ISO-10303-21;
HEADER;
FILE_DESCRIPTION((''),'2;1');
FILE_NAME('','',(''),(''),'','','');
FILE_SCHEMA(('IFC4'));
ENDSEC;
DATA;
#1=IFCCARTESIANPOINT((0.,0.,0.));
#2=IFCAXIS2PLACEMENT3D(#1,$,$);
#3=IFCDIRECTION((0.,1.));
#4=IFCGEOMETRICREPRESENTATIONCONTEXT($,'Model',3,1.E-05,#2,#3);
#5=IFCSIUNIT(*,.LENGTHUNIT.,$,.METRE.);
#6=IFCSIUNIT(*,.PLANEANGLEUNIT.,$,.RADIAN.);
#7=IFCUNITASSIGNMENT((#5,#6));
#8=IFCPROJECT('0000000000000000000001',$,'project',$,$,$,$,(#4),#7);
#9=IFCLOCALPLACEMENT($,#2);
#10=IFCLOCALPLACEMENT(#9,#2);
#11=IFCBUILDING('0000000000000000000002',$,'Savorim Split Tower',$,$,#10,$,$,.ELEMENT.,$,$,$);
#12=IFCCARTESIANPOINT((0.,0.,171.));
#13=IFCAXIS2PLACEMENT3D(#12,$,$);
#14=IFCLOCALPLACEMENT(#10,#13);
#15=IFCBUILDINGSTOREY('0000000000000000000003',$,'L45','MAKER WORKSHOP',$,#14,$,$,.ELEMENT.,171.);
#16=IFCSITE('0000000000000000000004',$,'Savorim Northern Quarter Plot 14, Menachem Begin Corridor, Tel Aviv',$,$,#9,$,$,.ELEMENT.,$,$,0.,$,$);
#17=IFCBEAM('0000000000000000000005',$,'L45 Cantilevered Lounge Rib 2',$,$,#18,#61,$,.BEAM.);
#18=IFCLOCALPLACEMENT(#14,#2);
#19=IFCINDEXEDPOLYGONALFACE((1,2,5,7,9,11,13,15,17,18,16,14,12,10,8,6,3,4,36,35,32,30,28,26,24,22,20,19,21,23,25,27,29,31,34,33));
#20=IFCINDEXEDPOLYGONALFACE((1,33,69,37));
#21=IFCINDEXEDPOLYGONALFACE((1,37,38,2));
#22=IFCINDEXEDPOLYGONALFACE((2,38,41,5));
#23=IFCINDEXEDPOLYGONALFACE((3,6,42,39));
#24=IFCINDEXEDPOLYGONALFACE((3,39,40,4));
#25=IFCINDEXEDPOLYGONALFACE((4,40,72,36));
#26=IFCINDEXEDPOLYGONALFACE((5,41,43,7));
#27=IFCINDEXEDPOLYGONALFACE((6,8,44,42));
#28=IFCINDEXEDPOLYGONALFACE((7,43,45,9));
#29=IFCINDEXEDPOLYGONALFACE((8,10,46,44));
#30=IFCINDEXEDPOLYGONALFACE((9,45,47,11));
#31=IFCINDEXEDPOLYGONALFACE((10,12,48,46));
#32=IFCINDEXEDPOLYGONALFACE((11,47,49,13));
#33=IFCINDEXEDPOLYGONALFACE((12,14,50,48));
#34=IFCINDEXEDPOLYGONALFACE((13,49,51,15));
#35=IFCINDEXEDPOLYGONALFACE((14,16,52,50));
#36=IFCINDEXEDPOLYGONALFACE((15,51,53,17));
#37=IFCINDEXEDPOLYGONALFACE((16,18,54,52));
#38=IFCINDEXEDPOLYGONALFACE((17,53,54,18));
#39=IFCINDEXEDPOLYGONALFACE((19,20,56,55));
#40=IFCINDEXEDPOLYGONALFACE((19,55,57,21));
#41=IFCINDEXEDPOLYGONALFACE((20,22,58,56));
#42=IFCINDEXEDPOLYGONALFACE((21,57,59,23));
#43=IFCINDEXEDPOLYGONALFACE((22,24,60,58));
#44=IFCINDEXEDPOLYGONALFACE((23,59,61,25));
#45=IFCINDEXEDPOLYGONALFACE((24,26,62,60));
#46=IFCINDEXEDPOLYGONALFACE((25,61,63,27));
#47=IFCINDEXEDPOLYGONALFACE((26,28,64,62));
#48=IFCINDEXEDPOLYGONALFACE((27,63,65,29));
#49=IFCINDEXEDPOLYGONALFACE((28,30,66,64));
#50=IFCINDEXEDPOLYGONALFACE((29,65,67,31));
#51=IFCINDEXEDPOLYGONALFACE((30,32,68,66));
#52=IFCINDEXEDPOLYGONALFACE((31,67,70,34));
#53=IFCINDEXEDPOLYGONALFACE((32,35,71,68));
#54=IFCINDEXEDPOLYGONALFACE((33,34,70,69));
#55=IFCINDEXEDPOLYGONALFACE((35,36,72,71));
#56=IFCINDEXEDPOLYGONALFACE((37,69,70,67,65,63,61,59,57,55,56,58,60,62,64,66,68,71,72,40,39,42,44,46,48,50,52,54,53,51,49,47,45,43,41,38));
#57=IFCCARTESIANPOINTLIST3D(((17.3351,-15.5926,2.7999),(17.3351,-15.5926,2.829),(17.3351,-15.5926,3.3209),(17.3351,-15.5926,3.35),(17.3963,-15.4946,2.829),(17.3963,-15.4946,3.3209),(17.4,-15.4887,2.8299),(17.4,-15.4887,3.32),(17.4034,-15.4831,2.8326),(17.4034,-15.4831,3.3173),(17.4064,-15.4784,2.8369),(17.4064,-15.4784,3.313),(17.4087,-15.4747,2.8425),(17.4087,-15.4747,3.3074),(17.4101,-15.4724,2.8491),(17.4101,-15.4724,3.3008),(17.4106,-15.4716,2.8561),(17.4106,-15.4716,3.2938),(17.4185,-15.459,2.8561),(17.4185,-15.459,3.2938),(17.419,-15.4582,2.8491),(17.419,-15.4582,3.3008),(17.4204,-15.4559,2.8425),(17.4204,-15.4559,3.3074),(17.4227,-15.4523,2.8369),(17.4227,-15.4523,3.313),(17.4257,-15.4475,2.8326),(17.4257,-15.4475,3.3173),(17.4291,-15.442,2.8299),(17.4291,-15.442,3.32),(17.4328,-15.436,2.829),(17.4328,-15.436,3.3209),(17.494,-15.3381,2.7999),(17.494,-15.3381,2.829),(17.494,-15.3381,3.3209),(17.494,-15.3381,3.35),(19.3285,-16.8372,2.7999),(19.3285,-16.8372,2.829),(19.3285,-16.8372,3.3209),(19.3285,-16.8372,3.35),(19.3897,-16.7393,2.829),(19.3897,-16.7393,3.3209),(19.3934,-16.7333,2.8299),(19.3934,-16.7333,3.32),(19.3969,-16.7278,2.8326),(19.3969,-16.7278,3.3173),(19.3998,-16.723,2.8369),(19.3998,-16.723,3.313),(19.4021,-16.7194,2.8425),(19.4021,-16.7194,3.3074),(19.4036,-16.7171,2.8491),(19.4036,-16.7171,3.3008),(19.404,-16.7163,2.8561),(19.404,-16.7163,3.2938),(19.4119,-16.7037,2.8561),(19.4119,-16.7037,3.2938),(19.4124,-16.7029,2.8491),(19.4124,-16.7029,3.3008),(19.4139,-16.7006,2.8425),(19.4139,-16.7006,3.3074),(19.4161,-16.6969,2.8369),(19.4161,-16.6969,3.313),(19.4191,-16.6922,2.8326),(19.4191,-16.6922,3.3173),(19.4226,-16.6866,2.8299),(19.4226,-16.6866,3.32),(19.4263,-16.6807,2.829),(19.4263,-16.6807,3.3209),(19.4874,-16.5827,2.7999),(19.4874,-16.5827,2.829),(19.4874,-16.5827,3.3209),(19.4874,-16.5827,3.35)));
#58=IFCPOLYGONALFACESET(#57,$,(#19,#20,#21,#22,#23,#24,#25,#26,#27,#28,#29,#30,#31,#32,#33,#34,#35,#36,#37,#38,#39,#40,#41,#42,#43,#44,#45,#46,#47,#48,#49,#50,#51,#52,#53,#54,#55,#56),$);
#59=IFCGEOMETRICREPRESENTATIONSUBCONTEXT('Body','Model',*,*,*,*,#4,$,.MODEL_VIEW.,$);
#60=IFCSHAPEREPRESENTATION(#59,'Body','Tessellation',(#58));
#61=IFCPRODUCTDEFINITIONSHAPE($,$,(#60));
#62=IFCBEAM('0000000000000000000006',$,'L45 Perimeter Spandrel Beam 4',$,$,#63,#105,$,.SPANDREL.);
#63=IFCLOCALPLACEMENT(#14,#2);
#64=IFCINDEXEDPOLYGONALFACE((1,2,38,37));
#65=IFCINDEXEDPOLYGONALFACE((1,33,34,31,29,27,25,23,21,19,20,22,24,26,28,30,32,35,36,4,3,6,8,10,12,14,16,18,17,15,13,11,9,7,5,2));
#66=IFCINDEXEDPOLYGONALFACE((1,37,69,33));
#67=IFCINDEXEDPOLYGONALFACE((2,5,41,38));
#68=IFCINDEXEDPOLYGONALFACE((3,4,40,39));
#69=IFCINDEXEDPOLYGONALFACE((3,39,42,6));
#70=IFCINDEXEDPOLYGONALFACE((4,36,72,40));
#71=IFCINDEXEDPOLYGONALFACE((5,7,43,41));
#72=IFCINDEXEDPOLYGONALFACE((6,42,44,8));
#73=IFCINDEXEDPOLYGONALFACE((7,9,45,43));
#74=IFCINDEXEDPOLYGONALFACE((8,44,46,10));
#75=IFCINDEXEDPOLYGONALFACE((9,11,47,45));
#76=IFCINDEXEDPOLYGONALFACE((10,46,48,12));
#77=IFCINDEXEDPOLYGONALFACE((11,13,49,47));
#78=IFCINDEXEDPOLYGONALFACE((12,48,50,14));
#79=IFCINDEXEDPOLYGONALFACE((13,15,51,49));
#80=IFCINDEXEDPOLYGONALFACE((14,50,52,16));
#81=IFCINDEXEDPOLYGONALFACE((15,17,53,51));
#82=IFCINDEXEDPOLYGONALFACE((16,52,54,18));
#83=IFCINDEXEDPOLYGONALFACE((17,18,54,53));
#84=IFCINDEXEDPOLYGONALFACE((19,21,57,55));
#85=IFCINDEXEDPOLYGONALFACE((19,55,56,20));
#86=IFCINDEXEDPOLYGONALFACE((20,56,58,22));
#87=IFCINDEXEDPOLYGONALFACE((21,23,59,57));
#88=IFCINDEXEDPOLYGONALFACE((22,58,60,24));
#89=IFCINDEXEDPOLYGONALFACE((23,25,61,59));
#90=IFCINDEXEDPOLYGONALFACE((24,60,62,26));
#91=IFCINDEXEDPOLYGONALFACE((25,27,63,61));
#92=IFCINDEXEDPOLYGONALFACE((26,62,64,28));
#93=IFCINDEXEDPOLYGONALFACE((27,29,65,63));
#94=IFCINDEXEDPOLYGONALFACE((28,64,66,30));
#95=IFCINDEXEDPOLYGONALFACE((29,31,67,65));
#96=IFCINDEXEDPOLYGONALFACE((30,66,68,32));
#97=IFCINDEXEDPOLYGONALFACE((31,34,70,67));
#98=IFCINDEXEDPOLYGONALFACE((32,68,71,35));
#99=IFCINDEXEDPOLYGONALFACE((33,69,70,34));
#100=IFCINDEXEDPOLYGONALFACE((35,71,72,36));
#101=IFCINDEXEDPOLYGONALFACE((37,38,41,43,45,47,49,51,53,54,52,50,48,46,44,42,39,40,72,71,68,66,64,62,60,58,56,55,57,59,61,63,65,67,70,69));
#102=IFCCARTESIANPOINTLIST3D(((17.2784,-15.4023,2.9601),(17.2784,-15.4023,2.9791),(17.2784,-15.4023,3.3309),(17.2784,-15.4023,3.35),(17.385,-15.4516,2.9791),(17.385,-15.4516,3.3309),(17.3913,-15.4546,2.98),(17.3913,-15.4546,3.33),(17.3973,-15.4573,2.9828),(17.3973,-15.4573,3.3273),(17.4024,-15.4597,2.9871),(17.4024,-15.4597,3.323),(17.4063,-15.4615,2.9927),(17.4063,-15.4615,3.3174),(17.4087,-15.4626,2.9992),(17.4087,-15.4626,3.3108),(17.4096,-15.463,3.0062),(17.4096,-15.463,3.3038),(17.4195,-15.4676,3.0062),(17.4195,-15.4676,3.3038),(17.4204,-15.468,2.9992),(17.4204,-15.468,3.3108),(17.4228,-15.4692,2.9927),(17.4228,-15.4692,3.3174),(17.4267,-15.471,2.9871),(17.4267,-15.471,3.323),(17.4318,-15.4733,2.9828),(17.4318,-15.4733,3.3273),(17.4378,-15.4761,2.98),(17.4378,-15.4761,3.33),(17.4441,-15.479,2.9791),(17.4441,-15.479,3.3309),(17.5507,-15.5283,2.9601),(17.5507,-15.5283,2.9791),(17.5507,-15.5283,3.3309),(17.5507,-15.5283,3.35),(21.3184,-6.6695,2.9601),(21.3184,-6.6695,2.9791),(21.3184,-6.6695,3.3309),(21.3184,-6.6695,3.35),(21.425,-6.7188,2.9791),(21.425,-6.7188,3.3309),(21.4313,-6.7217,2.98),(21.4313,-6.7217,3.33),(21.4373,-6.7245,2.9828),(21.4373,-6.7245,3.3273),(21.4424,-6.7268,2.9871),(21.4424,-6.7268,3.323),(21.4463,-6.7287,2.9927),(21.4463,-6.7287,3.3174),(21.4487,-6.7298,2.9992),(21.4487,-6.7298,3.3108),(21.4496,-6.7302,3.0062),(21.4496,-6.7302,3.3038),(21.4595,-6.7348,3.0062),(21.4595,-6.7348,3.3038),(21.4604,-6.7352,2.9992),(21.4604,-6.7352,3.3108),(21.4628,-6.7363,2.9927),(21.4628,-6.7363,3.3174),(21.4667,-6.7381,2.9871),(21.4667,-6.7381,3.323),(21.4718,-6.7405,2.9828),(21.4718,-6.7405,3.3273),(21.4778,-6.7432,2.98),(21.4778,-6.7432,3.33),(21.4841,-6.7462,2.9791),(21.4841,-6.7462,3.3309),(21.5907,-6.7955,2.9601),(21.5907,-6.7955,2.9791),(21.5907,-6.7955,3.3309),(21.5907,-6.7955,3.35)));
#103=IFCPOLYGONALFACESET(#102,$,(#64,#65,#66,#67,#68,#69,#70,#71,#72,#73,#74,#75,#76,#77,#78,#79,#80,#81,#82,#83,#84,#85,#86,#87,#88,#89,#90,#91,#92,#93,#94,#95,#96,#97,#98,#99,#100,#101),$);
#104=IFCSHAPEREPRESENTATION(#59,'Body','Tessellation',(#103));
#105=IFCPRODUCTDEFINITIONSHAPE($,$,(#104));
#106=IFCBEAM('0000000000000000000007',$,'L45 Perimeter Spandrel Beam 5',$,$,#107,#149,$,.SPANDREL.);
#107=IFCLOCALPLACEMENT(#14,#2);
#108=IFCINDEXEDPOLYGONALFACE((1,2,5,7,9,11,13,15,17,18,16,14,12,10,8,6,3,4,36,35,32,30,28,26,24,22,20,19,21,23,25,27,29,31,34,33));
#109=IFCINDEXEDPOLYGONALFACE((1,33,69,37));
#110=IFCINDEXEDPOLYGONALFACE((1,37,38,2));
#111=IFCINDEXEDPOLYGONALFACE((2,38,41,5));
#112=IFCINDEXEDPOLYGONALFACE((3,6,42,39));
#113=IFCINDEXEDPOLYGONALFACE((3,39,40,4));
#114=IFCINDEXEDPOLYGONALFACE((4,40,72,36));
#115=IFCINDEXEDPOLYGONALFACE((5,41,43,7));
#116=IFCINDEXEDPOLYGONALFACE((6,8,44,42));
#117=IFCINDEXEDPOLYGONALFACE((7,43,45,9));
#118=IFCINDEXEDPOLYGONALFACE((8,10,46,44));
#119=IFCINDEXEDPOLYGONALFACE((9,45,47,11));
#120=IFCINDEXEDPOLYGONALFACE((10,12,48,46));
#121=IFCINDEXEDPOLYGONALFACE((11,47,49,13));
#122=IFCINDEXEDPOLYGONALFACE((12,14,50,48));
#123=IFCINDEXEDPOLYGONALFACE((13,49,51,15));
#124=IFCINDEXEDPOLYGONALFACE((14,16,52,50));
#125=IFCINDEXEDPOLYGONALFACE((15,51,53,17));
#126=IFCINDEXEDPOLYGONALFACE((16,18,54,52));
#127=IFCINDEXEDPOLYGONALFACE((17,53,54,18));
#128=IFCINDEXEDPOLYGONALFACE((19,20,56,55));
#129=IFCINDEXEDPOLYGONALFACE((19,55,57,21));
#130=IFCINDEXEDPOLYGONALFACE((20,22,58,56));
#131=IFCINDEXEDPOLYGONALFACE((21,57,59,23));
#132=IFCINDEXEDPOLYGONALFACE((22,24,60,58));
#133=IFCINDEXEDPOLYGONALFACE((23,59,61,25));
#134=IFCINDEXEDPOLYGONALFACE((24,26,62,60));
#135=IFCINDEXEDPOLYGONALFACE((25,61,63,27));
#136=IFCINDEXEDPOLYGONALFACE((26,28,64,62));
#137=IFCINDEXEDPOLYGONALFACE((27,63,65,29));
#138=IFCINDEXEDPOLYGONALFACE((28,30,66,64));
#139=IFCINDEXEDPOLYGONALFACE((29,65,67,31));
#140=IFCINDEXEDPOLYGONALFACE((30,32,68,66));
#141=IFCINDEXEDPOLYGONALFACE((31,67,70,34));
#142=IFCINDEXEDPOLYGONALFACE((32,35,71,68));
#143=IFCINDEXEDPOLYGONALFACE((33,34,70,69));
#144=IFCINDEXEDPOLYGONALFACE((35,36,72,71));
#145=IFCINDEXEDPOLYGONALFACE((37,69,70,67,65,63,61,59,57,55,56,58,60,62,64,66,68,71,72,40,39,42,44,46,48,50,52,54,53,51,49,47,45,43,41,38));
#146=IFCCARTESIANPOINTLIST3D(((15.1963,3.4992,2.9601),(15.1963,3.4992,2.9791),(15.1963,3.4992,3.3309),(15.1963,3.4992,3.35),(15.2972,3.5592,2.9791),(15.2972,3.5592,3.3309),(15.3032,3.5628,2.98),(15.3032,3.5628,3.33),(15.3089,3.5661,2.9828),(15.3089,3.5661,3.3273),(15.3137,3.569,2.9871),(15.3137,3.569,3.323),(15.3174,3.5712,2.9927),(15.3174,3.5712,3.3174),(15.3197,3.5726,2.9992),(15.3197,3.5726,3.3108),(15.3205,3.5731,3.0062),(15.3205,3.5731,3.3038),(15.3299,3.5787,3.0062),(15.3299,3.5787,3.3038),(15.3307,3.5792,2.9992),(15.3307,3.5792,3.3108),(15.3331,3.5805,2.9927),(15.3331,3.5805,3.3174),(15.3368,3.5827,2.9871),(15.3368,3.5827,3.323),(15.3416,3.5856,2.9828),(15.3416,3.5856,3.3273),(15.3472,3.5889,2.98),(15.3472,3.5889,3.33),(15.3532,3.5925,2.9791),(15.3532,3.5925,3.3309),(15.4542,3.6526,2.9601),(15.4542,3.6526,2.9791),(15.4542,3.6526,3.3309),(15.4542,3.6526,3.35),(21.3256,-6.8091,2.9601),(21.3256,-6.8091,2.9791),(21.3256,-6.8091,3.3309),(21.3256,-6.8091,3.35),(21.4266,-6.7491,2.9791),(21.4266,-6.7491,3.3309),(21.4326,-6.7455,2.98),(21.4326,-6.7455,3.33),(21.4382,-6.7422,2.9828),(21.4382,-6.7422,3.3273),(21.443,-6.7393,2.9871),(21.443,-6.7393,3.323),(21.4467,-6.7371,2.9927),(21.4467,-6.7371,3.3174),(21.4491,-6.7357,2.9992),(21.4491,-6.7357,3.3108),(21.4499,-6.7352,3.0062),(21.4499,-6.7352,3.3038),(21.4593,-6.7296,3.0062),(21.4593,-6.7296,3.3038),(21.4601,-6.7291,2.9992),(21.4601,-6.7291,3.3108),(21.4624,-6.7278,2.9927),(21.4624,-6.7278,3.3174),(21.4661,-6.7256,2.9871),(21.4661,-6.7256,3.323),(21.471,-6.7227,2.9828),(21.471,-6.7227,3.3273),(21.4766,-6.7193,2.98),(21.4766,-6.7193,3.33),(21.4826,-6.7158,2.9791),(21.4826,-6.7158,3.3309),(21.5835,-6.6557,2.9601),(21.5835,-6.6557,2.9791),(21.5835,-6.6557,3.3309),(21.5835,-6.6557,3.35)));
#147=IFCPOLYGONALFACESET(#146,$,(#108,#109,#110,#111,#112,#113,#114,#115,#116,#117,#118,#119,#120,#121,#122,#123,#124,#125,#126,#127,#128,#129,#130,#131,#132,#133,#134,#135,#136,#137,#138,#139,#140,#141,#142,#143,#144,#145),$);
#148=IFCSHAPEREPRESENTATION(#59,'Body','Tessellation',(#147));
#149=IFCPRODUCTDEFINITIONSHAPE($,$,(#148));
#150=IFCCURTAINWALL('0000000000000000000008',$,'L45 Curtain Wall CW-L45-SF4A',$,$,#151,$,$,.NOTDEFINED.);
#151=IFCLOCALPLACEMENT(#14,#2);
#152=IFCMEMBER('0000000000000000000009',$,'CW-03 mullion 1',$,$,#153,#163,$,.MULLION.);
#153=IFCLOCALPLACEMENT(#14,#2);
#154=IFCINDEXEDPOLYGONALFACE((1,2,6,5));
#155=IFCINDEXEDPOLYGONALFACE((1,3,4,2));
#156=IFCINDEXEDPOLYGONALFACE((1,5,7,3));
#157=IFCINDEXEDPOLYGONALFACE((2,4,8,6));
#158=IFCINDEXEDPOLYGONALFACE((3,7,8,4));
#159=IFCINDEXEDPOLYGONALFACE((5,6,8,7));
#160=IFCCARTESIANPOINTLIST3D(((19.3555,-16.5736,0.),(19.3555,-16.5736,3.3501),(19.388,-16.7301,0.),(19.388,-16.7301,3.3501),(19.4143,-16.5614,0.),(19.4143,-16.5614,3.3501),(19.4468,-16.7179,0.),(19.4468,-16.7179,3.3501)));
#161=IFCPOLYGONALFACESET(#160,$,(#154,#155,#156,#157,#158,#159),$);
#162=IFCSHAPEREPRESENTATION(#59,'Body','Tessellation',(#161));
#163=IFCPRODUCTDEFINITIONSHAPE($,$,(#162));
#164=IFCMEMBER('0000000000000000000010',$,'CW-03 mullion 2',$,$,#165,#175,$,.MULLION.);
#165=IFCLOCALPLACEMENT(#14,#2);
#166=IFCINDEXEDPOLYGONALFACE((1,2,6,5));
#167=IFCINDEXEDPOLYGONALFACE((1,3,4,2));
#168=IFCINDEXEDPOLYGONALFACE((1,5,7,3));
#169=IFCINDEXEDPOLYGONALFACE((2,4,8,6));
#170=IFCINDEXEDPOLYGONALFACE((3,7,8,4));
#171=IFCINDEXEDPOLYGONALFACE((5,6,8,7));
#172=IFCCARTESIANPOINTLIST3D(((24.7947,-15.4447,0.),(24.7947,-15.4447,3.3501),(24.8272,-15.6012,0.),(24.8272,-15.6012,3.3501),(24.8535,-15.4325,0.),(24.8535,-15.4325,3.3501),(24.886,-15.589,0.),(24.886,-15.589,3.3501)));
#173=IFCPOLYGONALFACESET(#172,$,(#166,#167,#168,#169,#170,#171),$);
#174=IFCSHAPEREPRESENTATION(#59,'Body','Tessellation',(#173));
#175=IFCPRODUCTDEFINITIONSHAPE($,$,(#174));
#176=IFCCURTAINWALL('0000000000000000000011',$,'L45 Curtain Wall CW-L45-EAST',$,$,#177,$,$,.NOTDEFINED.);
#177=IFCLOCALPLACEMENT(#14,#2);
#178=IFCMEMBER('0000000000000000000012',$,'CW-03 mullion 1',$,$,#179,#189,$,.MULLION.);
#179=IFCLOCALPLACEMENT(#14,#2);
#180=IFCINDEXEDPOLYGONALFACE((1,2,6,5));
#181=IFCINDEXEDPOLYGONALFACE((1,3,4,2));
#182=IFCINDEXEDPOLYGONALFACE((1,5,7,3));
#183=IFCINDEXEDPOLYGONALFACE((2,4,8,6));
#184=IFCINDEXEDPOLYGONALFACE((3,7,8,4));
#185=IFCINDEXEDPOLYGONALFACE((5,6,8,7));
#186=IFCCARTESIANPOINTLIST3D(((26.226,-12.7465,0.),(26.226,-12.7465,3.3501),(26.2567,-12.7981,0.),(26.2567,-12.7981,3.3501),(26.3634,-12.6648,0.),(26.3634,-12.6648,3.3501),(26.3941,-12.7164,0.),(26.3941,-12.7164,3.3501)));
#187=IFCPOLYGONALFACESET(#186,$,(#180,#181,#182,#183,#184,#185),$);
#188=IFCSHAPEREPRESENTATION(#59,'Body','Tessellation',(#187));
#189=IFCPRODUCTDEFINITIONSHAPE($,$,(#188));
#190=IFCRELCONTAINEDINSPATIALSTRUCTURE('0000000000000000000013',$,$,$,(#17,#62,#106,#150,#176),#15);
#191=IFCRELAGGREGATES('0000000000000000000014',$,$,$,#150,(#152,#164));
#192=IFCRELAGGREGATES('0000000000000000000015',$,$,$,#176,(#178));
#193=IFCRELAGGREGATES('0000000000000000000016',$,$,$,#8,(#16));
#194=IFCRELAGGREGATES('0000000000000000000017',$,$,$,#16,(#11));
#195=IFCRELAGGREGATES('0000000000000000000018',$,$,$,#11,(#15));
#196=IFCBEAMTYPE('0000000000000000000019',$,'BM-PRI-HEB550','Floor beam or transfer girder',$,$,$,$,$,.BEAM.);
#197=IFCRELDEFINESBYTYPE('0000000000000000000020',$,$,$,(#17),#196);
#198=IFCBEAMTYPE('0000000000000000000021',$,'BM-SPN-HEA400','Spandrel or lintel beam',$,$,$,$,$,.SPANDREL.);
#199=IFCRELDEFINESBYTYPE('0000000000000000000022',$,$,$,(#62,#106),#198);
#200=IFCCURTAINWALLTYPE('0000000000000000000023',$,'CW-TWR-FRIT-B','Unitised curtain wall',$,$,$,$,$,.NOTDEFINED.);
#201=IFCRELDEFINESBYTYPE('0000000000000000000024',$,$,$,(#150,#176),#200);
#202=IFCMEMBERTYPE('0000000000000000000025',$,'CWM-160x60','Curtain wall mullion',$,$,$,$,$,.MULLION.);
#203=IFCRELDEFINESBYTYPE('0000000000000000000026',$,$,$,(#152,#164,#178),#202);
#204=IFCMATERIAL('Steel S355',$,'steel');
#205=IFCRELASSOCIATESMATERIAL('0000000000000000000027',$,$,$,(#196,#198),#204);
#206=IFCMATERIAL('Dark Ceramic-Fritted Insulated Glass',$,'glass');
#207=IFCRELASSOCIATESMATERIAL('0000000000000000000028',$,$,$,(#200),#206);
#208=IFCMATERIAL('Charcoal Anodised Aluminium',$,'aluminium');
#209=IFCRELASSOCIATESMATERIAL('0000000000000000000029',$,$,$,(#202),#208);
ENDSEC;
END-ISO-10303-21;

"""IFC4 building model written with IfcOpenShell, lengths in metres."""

from ifc_helpers import new_model, si_unit, direction, frame, origin, origin_2d, place, context, subcontext, project, spatial, rectangle, i_section, extrude, material, material_profile, profile_set, type_object, element, aggregate, save


model = new_model("IFC4")

# Units and contexts
model_context = context("Model", 3, precision=1e-05, world=origin(), true_north=direction((0.0, 1.0)))
body_context = subcontext(model_context, "Body", "Model", "MODEL_VIEW")
ifc_project = project(units=[si_unit("LENGTHUNIT", "METRE"), si_unit("PLANEANGLEUNIT", "RADIAN")], contexts=[model_context])

# Site, building, storey
site_placement = place(None, origin())
site = spatial("IfcSite", under=ifc_project, at=site_placement, Name="Savorim Northern Quarter Plot 14, Menachem Begin Corridor, Tel Aviv", CompositionType="ELEMENT", RefElevation=0.0)
building_placement = place(site_placement, origin())
building = spatial("IfcBuilding", under=site, at=building_placement, Name="Savorim Split Tower", CompositionType="ELEMENT")
storey_placement = place(building_placement, frame((0.0, 0.0, 171.0)))
storey = spatial("IfcBuildingStorey", under=building, at=storey_placement, Name="L45", Description="MAKER WORKSHOP", CompositionType="ELEMENT", Elevation=171.0)

# Beams
ifc_material_1 = material(Name="Steel S355", Category="steel")
ifc_material_profile_1 = material_profile(ifc_material_1, i_section(OverallWidth=0.3, OverallDepth=0.55, WebThickness=0.0149, FlangeThickness=0.0291, FilletRadius=0.0271, at=origin_2d()), Name="HEB 550")
ifc_profile_set_1 = profile_set([ifc_material_profile_1], Name="Steel S355")
beam_type_1 = type_object("IfcBeamType", Name="BM-PRI-HEB550", Description="Floor beam or transfer girder", PredefinedType="BEAM", material=ifc_profile_set_1)
beam_1_placement = place(storey_placement, frame((17.4146, -15.4653, 3.075), z_axis=(0.848238, -0.529616, 0.0), x_axis=(0.529616, 0.848238, 0.0)))
element("IfcBeam", 1, at=beam_1_placement, inside=storey, type_object=beam_type_1, Name="L45 Cantilevered Lounge Rib 2", PredefinedType="BEAM", context=body_context, shape_type="SweptSolid", body=[
    extrude(i_section(OverallWidth=0.3, OverallDepth=0.55, WebThickness=0.0149, FlangeThickness=0.0291, FilletRadius=0.0271, at=origin_2d()), origin(), (0.0, 0.0, 1.0), 2.3501),
])
ifc_material_profile_2 = material_profile(ifc_material_1, i_section(OverallWidth=0.3, OverallDepth=0.3899, WebThickness=0.011, FlangeThickness=0.019, FilletRadius=0.0271, at=origin_2d()), Name="HEA 400")
ifc_profile_set_2 = profile_set([ifc_material_profile_2], Name="Steel S355")
beam_type_2 = type_object("IfcBeamType", Name="BM-SPN-HEA400", Description="Spandrel or lintel beam", PredefinedType="SPANDREL", material=ifc_profile_set_2)
beam_2_placement = place(storey_placement, frame((17.4146, -15.4653, 3.155), z_axis=(0.419869, 0.907585, 0.0), x_axis=(-0.907585, 0.419869, 0.0)))
element("IfcBeam", 2, at=beam_2_placement, inside=storey, type_object=beam_type_2, Name="L45 Perimeter Spandrel Beam 4", PredefinedType="SPANDREL", context=body_context, shape_type="SweptSolid", body=[
    extrude(i_section(OverallWidth=0.3, OverallDepth=0.3899, WebThickness=0.011, FlangeThickness=0.019, FilletRadius=0.0271, at=origin_2d()), origin(), (0.0, 0.0, 1.0), 9.6221),
])
beam_3_placement = place(storey_placement, frame((21.4546, -6.7324, 3.155), z_axis=(-0.511082, 0.859532, 0.0), x_axis=(-0.859532, -0.511082, 0.0)))
element("IfcBeam", 3, at=beam_3_placement, inside=storey, type_object=beam_type_2, Name="L45 Perimeter Spandrel Beam 5", PredefinedType="SPANDREL", context=body_context, shape_type="SweptSolid", body=[
    extrude(i_section(OverallWidth=0.3, OverallDepth=0.3899, WebThickness=0.011, FlangeThickness=0.019, FilletRadius=0.0271, at=origin_2d()), origin(), (0.0, 0.0, 1.0), 11.9929),
])

# Curtain wall, members
ifc_material_2 = material(Name="Dark Ceramic-Fritted Insulated Glass", Category="glass")
curtain_wall_type_1 = type_object("IfcCurtainWallType", Name="CW-TWR-FRIT-B", Description="Unitised curtain wall", PredefinedType="NOTDEFINED", material=ifc_material_2)
curtain_wall_1_placement = place(storey_placement, origin())
curtain_wall_1 = element("IfcCurtainWall", 4, at=curtain_wall_1_placement, inside=storey, type_object=curtain_wall_type_1, Name="L45 Curtain Wall CW-L45-SF4A", PredefinedType="NOTDEFINED")
ifc_material_3 = material(Name="Charcoal Anodised Aluminium", Category="aluminium")
ifc_material_profile_3 = material_profile(ifc_material_3, rectangle(XDim=0.1599, YDim=0.0601, at=origin_2d()), Name="ALU-M 160x60")
ifc_profile_set_3 = profile_set([ifc_material_profile_3], Name="Charcoal Anodised Aluminium")
member_type_1 = type_object("IfcMemberType", Name="CWM-160x60", Description="Curtain wall mullion", PredefinedType="MULLION", material=ifc_profile_set_3)
member_1_placement = place(storey_placement, frame((19.4011, -16.6458, 0.0), z_axis=(0.0, 0.0, 1.0), x_axis=(-0.203221, 0.979133, 0.0)))
member_1 = element("IfcMember", 5, at=member_1_placement, type_object=member_type_1, Name="CW-03 mullion 1", PredefinedType="MULLION", context=body_context, shape_type="SweptSolid", body=[
    extrude(rectangle(XDim=0.1599, YDim=0.0601, at=origin_2d()), origin(), (0.0, 0.0, 1.0), 3.3501),
])
member_2_placement = place(storey_placement, frame((24.8403, -15.5168, 0.0), z_axis=(0.0, 0.0, 1.0), x_axis=(-0.203221, 0.979133, 0.0)))
member_2 = element("IfcMember", 6, at=member_2_placement, type_object=member_type_1, Name="CW-03 mullion 2", PredefinedType="MULLION", context=body_context, shape_type="SweptSolid", body=[
    extrude(rectangle(XDim=0.1599, YDim=0.0601, at=origin_2d()), origin(), (0.0, 0.0, 1.0), 3.3501),
])

# Curtain wall, member
curtain_wall_2_placement = place(storey_placement, origin())
curtain_wall_2 = element("IfcCurtainWall", 7, at=curtain_wall_2_placement, inside=storey, type_object=curtain_wall_type_1, Name="L45 Curtain Wall CW-L45-EAST", PredefinedType="NOTDEFINED")
member_3_placement = place(storey_placement, frame((26.3101, -12.7314, 0.0), z_axis=(0.0, 0.0, 1.0), x_axis=(-0.859525, -0.511094, 0.0)))
member_3 = element("IfcMember", 8, at=member_3_placement, type_object=member_type_1, Name="CW-03 mullion 1", PredefinedType="MULLION", context=body_context, shape_type="SweptSolid", body=[
    extrude(rectangle(XDim=0.1599, YDim=0.0601, at=origin_2d()), origin(), (0.0, 0.0, 1.0), 3.3501),
])

aggregate(curtain_wall_1, [member_1, member_2])
aggregate(curtain_wall_2, [member_3])

save(model, "model.ifc")
